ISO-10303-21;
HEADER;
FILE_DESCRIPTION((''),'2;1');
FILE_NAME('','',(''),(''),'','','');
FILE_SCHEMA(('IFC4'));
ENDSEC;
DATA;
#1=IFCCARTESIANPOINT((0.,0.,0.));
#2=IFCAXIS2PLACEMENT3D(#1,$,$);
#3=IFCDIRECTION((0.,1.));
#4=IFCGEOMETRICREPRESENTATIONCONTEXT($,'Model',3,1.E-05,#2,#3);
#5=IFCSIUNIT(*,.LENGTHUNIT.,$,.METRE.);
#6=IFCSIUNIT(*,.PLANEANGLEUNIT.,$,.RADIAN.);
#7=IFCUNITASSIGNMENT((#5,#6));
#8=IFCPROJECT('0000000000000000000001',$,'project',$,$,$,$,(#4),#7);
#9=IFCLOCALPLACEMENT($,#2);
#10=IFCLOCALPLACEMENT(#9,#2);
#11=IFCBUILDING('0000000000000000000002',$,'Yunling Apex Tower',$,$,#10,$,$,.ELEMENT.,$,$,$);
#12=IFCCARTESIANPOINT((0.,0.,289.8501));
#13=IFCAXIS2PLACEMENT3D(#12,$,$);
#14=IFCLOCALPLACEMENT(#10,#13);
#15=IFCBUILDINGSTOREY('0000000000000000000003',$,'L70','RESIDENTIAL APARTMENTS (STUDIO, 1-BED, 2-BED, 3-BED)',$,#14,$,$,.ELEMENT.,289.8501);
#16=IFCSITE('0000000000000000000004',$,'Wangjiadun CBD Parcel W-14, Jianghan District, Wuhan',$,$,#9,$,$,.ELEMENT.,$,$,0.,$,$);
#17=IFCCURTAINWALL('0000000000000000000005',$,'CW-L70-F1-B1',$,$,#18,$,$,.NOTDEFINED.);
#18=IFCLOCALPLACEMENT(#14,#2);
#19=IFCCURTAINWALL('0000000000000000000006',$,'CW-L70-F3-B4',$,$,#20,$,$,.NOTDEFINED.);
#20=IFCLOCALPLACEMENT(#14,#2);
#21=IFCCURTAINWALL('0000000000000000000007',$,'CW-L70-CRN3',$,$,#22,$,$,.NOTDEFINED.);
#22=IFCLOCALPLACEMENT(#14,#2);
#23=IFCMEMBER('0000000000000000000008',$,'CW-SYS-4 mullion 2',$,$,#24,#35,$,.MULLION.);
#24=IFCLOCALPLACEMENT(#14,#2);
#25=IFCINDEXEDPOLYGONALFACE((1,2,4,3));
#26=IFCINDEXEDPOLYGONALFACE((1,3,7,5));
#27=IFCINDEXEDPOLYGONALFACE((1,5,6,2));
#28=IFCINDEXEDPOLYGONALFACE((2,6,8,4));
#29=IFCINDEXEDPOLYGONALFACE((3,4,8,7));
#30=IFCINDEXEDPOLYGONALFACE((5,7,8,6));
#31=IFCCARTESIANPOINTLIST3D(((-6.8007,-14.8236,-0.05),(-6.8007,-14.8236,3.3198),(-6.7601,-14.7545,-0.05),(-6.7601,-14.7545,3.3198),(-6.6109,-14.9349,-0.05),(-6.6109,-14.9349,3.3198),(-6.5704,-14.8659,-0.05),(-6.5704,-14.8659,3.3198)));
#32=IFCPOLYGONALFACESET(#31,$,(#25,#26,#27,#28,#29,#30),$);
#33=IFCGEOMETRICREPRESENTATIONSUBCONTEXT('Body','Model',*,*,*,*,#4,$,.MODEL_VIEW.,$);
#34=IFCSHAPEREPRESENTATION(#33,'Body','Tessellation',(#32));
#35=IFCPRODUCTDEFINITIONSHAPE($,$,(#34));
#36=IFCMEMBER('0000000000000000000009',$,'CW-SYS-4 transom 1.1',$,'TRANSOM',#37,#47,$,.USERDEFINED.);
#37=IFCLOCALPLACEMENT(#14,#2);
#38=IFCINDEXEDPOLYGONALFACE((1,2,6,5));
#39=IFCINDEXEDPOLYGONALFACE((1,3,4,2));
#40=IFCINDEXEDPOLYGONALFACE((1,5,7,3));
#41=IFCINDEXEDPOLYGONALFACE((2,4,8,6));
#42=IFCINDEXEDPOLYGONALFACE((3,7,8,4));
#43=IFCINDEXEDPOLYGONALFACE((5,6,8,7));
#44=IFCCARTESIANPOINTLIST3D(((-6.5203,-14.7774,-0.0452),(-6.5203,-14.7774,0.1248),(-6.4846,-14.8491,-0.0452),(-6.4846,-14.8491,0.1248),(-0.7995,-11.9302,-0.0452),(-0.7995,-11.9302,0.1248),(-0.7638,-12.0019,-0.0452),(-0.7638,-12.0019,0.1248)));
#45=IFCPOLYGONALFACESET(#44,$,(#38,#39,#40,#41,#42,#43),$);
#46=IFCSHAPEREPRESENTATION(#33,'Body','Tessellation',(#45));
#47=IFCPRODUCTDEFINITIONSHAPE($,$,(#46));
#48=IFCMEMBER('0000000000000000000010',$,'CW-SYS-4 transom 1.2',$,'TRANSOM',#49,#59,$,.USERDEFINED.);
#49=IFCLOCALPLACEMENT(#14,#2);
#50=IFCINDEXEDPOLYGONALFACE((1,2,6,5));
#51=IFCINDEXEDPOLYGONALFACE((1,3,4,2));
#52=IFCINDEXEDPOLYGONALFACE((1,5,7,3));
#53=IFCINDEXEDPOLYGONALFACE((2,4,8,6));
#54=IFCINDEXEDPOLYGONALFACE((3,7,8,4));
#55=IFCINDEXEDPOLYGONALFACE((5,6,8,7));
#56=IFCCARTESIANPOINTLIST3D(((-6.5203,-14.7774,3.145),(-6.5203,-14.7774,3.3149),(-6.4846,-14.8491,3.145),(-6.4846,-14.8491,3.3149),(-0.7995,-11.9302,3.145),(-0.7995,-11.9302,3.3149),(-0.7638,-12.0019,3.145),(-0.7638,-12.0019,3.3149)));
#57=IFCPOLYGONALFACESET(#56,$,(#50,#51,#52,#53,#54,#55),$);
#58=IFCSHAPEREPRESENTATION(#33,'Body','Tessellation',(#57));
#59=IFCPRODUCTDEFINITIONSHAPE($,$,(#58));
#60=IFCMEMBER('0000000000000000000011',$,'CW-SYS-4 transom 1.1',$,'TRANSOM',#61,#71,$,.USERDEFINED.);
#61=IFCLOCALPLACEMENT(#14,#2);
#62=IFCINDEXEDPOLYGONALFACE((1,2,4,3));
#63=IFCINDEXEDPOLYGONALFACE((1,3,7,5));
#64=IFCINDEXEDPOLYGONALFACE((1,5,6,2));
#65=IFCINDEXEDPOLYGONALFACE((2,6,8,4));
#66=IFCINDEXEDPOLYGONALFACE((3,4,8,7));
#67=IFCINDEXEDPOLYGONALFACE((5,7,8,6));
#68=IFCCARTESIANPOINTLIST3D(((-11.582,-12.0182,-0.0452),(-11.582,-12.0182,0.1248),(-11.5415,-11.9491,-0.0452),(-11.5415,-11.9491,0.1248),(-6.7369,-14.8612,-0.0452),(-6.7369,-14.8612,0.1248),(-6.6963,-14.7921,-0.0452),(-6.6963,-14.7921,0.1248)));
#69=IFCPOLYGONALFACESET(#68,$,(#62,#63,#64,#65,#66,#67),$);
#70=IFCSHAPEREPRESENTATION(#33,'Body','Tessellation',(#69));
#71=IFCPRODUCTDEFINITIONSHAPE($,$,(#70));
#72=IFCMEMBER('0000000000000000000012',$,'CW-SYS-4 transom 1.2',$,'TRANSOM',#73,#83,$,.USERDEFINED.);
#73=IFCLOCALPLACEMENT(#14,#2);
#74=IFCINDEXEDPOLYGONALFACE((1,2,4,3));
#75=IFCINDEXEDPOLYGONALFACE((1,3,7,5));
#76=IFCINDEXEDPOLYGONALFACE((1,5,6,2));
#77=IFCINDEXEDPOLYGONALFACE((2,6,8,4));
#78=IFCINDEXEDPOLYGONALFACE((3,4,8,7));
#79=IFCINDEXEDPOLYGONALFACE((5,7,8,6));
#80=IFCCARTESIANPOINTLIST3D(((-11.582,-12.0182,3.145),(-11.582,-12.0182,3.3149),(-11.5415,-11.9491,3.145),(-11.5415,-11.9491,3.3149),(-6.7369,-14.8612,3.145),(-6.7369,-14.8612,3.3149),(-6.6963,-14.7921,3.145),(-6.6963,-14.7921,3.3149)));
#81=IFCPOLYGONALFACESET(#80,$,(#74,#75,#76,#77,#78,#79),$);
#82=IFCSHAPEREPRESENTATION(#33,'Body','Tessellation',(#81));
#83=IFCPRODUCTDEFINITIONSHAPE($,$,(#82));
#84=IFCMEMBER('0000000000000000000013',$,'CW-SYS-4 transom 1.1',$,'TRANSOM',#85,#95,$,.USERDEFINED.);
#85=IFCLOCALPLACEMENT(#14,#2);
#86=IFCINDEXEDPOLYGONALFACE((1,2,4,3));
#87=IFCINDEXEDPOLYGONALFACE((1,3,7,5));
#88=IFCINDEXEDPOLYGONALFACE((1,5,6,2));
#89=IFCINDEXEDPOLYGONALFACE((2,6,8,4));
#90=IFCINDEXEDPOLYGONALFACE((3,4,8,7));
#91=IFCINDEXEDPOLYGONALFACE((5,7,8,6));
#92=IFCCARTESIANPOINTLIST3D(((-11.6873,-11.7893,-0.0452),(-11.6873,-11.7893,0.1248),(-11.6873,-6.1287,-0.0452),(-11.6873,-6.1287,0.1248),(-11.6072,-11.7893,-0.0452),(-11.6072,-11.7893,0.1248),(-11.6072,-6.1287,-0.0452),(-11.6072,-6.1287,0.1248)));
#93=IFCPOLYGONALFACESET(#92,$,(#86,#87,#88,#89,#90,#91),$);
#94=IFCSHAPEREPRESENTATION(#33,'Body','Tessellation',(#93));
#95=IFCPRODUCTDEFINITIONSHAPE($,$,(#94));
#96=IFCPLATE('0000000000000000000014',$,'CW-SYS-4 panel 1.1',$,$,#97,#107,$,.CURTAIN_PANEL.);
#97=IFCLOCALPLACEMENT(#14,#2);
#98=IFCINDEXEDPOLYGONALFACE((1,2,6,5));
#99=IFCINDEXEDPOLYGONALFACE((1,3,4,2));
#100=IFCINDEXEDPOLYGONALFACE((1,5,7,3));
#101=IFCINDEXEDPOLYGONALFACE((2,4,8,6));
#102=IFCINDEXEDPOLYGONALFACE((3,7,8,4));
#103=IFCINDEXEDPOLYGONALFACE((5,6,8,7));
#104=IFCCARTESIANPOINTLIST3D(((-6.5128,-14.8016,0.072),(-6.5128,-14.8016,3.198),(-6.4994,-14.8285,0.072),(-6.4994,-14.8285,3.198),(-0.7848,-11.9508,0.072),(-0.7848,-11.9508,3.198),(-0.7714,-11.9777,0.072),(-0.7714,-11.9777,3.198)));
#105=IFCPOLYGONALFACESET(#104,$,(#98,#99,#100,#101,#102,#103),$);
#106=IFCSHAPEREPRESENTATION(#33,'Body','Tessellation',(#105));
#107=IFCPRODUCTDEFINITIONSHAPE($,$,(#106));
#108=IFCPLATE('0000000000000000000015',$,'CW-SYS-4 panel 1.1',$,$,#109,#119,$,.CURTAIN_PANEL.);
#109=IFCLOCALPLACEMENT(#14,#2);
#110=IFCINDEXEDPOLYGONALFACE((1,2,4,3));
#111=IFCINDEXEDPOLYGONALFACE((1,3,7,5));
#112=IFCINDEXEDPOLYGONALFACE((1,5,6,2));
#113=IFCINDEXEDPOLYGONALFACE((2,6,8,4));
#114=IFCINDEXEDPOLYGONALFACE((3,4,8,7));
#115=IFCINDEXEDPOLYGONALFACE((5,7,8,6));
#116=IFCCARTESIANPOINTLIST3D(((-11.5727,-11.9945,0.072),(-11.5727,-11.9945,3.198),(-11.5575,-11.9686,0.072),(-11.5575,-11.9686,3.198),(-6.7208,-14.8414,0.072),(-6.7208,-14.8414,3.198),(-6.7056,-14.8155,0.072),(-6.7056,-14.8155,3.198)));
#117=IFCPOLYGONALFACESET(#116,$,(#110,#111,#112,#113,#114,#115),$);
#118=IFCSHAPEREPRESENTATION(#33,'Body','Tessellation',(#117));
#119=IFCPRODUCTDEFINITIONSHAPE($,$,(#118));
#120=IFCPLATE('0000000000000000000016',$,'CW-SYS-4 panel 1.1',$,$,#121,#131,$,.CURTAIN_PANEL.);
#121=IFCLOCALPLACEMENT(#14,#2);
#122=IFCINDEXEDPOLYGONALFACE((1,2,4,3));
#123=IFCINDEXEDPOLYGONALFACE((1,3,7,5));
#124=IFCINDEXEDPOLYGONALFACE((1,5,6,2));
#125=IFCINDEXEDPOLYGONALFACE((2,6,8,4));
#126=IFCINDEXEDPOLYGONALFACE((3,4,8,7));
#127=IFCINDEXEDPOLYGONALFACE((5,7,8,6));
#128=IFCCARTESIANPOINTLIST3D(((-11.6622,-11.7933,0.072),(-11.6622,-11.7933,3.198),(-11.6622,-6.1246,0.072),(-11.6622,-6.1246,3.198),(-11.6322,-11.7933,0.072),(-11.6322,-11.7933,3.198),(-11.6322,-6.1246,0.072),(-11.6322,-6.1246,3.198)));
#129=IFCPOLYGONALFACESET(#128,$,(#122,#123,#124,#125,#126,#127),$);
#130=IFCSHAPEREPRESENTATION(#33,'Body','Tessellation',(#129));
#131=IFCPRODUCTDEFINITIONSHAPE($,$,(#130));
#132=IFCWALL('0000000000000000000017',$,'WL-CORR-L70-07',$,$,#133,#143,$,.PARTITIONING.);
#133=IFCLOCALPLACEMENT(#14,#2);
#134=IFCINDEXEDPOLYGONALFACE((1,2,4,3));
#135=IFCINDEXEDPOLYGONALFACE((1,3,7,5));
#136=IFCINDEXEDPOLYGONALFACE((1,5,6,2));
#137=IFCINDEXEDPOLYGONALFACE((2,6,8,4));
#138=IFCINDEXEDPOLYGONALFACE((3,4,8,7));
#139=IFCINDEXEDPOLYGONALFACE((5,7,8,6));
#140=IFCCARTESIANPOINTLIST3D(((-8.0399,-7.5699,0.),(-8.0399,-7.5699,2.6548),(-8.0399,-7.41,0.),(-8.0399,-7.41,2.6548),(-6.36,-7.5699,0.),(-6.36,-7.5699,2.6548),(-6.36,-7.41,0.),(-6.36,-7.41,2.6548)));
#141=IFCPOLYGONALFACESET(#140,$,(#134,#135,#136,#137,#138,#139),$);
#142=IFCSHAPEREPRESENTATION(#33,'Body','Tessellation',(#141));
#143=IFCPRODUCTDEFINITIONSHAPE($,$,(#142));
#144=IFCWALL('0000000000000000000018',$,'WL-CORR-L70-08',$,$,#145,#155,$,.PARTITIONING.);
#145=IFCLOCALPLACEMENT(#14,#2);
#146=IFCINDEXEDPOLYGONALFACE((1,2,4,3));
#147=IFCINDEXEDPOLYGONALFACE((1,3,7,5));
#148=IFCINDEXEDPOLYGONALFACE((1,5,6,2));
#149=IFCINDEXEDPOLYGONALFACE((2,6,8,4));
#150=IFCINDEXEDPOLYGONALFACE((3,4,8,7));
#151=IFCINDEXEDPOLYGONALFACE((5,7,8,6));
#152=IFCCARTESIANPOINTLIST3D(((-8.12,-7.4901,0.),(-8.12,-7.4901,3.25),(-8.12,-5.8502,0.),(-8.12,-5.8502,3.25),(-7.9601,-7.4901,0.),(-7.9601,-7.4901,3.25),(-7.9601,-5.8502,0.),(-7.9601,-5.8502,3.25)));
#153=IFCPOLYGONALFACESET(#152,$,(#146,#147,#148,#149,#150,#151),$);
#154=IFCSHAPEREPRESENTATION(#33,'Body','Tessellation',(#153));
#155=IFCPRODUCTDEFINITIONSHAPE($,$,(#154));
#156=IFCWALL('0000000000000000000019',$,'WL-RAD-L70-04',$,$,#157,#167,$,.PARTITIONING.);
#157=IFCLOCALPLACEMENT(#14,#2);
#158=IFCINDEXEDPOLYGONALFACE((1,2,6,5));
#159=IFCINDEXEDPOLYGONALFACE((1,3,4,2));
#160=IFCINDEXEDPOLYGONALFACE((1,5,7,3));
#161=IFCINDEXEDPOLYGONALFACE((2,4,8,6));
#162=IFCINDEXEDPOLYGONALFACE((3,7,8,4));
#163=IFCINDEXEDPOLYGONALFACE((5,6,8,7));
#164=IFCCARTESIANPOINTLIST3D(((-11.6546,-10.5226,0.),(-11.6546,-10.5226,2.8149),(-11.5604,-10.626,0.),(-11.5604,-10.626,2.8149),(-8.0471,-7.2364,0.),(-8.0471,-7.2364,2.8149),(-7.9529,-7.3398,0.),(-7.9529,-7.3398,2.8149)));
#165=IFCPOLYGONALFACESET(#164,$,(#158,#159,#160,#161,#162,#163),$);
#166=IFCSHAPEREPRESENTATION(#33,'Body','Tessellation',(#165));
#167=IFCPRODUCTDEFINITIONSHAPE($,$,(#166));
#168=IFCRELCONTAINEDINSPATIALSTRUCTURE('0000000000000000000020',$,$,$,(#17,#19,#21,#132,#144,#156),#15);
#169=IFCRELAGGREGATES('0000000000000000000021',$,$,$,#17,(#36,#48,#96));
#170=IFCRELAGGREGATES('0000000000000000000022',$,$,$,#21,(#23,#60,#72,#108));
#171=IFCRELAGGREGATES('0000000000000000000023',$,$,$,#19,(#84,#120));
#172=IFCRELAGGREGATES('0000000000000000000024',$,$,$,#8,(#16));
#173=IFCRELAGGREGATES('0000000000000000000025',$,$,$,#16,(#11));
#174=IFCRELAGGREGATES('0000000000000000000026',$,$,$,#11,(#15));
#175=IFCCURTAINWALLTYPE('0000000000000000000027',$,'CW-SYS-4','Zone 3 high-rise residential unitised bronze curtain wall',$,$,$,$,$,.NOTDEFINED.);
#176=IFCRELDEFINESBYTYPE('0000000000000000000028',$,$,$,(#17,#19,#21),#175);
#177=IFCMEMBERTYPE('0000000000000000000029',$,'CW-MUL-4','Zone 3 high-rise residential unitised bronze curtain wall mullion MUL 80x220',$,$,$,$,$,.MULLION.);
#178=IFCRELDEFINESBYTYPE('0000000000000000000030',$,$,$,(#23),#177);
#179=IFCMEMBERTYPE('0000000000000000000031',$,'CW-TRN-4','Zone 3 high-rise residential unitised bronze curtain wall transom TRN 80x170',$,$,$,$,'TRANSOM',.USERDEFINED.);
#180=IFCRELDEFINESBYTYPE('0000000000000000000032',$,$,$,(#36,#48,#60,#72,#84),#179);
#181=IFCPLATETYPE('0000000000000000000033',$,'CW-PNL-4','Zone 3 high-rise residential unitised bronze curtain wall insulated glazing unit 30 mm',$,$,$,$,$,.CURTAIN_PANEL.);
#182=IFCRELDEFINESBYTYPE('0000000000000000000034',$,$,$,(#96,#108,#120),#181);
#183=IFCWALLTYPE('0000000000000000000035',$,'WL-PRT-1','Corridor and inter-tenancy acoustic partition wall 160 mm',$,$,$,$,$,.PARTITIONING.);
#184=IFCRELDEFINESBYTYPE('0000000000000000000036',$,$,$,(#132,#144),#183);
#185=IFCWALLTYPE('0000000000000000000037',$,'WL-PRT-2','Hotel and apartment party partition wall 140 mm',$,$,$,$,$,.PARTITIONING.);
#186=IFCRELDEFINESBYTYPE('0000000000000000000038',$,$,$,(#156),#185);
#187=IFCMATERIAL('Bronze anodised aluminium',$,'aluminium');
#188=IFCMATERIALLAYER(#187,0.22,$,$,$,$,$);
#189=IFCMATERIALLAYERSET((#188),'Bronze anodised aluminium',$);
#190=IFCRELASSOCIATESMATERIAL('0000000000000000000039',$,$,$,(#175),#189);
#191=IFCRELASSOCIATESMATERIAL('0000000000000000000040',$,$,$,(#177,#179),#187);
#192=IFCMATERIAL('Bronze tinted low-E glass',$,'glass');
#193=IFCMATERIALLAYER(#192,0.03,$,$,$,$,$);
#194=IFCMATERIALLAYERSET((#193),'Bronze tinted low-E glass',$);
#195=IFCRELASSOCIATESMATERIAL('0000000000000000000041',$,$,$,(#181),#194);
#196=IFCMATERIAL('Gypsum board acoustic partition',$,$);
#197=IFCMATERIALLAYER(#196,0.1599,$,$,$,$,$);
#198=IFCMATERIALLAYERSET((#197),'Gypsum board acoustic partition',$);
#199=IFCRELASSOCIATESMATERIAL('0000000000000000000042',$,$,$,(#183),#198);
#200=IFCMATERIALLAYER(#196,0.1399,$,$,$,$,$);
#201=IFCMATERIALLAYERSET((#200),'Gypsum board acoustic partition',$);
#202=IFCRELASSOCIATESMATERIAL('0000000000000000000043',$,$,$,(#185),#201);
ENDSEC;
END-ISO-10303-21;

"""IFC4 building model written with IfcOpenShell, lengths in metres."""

from ifc_helpers import new_model, si_unit, direction, frame, frame_2d, origin, origin_2d, place, context, subcontext, project, spatial, rectangle, extrude, source, transform, mapped, material, layer, layer_set, material_profile, profile_set, type_object, element, aggregate, save


model = new_model("IFC4")

# Units and contexts
model_context = context("Model", 3, precision=1e-05, world=origin(), true_north=direction((0.0, 1.0)))
body_context = subcontext(model_context, "Body", "Model", "MODEL_VIEW")
ifc_project = project(units=[si_unit("LENGTHUNIT", "METRE"), si_unit("PLANEANGLEUNIT", "RADIAN")], contexts=[model_context])

# Site, building, storey
site_placement = place(None, origin())
site = spatial("IfcSite", under=ifc_project, at=site_placement, Name="Wangjiadun CBD Parcel W-14, Jianghan District, Wuhan", CompositionType="ELEMENT", RefElevation=0.0)
building_placement = place(site_placement, origin())
building = spatial("IfcBuilding", under=site, at=building_placement, Name="Yunling Apex Tower", CompositionType="ELEMENT")
storey_placement = place(building_placement, frame((0.0, 0.0, 289.8501)))
storey = spatial("IfcBuildingStorey", under=building, at=storey_placement, Name="L70", Description="RESIDENTIAL APARTMENTS (STUDIO, 1-BED, 2-BED, 3-BED)", CompositionType="ELEMENT", Elevation=289.8501)

# Curtain walls
ifc_material_1 = material(Name="Bronze anodised aluminium", Category="aluminium")
ifc_layer_1 = layer(ifc_material_1, 0.22)
ifc_layer_set_1 = layer_set([ifc_layer_1], Name="Bronze anodised aluminium")
curtain_wall_type = type_object("IfcCurtainWallType", Name="CW-SYS-4", Description="Zone 3 high-rise residential unitised bronze curtain wall", PredefinedType="NOTDEFINED", material=ifc_layer_set_1)
curtain_wall_1_placement = place(storey_placement, origin())
curtain_wall_1 = element("IfcCurtainWall", 1, at=curtain_wall_1_placement, inside=storey, type_object=curtain_wall_type, Name="CW-L70-F1-B1", PredefinedType="NOTDEFINED")
ifc_material_profile_1 = material_profile(ifc_material_1, rectangle(XDim=0.0801, YDim=0.22, at=origin_2d()))
ifc_profile_set_1 = profile_set([ifc_material_profile_1], Name="Bronze anodised aluminium")
member_type_1 = type_object("IfcMemberType", Name="CW-MUL-4", Description="Zone 3 high-rise residential unitised bronze curtain wall mullion MUL 80x220", PredefinedType="MULLION", material=ifc_profile_set_1)
shared_shape_1 = source(origin(), body_context, "Body", "SweptSolid", [
    extrude(rectangle(XDim=0.0801, YDim=0.22, at=origin_2d()), origin(), (0.0, 0.0, 1.0), 3.3699),
])
curtain_wall_2_placement = place(storey_placement, origin())
curtain_wall_2 = element("IfcCurtainWall", 2, at=curtain_wall_2_placement, inside=storey, type_object=curtain_wall_type, Name="CW-L70-F3-B4", PredefinedType="NOTDEFINED")

# Curtain wall, member
curtain_wall_3_placement = place(storey_placement, origin())
curtain_wall_3 = element("IfcCurtainWall", 3, at=curtain_wall_3_placement, inside=storey, type_object=curtain_wall_type, Name="CW-L70-CRN3", PredefinedType="NOTDEFINED")
member_1_placement = place(storey_placement, frame((-6.6855, -14.8447, -0.05), z_axis=(0.0, 0.0, 1.0), x_axis=(0.50607, 0.862492, 0.0)))
member_1 = element("IfcMember", 4, at=member_1_placement, type_object=member_type_1, Name="CW-SYS-4 mullion 2", PredefinedType="MULLION", context=body_context, shape_type="MappedRepresentation", body=[
    mapped(shared_shape_1, transform((0.0, 0.0, 0.0), scale=1.0)),
])

# Members
ifc_material_profile_2 = material_profile(ifc_material_1, rectangle(XDim=0.0801, YDim=0.1699, at=origin_2d()))
ifc_profile_set_2 = profile_set([ifc_material_profile_2], Name="Bronze anodised aluminium")
member_type_2 = type_object("IfcMemberType", Name="CW-TRN-4", Description="Zone 3 high-rise residential unitised bronze curtain wall transom TRN 80x170", ElementType="TRANSOM", PredefinedType="USERDEFINED", material=ifc_profile_set_2)
shared_shape_2 = source(origin(), body_context, "Body", "SweptSolid", [
    extrude(rectangle(XDim=0.0801, YDim=0.1699, at=origin_2d()), origin(), (0.0, 0.0, 1.0), 6.3901),
])
member_2_placement = place(storey_placement, frame((-6.5024, -14.8132, 0.0398), z_axis=(0.895251, 0.445562, 0.0), x_axis=(-0.445562, 0.895251, 0.0)))
member_2 = element("IfcMember", 5, at=member_2_placement, type_object=member_type_2, Name="CW-SYS-4 transom 1.1", ObjectType="TRANSOM", PredefinedType="USERDEFINED", context=body_context, shape_type="MappedRepresentation", body=[
    mapped(shared_shape_2, transform((0.0, 0.0, 0.0), scale=1.0)),
])
member_3_placement = place(storey_placement, frame((-6.5024, -14.8132, 3.23), z_axis=(0.895251, 0.445562, 0.0), x_axis=(-0.445562, 0.895251, 0.0)))
member_3 = element("IfcMember", 6, at=member_3_placement, type_object=member_type_2, Name="CW-SYS-4 transom 1.2", ObjectType="TRANSOM", PredefinedType="USERDEFINED", context=body_context, shape_type="MappedRepresentation", body=[
    mapped(shared_shape_2, transform((0.0, 0.0, 0.0), scale=1.0)),
])
shared_shape_3 = source(origin(), body_context, "Body", "SweptSolid", [
    extrude(rectangle(XDim=0.0801, YDim=0.1699, at=origin_2d()), origin(), (0.0, 0.0, 1.0), 5.6177),
])
member_4_placement = place(storey_placement, frame((-11.5618, -11.9836, 0.0398), z_axis=(0.862487, -0.50608, 0.0), x_axis=(0.50608, 0.862487, 0.0)))
member_4 = element("IfcMember", 7, at=member_4_placement, type_object=member_type_2, Name="CW-SYS-4 transom 1.1", ObjectType="TRANSOM", PredefinedType="USERDEFINED", context=body_context, shape_type="MappedRepresentation", body=[
    mapped(shared_shape_3, transform((0.0, 0.0, 0.0), scale=1.0)),
])
member_5_placement = place(storey_placement, frame((-11.5618, -11.9836, 3.23), z_axis=(0.862487, -0.50608, 0.0), x_axis=(0.50608, 0.862487, 0.0)))
member_5 = element("IfcMember", 8, at=member_5_placement, type_object=member_type_2, Name="CW-SYS-4 transom 1.2", ObjectType="TRANSOM", PredefinedType="USERDEFINED", context=body_context, shape_type="MappedRepresentation", body=[
    mapped(shared_shape_3, transform((0.0, 0.0, 0.0), scale=1.0)),
])
shared_shape_4 = source(origin(), body_context, "Body", "SweptSolid", [
    extrude(rectangle(XDim=0.0801, YDim=0.1699, at=origin_2d()), origin(), (0.0, 0.0, 1.0), 5.6606),
])
member_6_placement = place(storey_placement, frame((-11.6472, -6.1287, 0.0398), z_axis=(0.0, -1.0, 0.0), x_axis=(1.0, 0.0, 0.0)))
member_6 = element("IfcMember", 9, at=member_6_placement, type_object=member_type_2, Name="CW-SYS-4 transom 1.1", ObjectType="TRANSOM", PredefinedType="USERDEFINED", context=body_context, shape_type="MappedRepresentation", body=[
    mapped(shared_shape_4, transform((0.0, 0.0, 0.0), scale=1.0)),
])

# Plates
ifc_material_2 = material(Name="Bronze tinted low-E glass", Category="glass")
ifc_layer_2 = layer(ifc_material_2, 0.03)
ifc_layer_set_2 = layer_set([ifc_layer_2], Name="Bronze tinted low-E glass")
plate_type = type_object("IfcPlateType", Name="CW-PNL-4", Description="Zone 3 high-rise residential unitised bronze curtain wall insulated glazing unit 30 mm", PredefinedType="CURTAIN_PANEL", material=ifc_layer_set_2)
shared_shape_5 = source(origin(), body_context, "Body", "SweptSolid", [
    extrude(rectangle(XDim=6.3982, YDim=0.03, at=origin_2d()), origin(), (0.0, 0.0, 1.0), 3.126),
])
plate_1_placement = place(storey_placement, frame((-3.6421, -13.3896, 0.072), z_axis=(0.0, 0.0, 1.0), x_axis=(0.895248, 0.445568, 0.0)))
plate_1 = element("IfcPlate", 10, at=plate_1_placement, type_object=plate_type, Name="CW-SYS-4 panel 1.1", PredefinedType="CURTAIN_PANEL", context=body_context, shape_type="MappedRepresentation", body=[
    mapped(shared_shape_5, transform((0.0, 0.0, 0.0), scale=1.0)),
])
aggregate(curtain_wall_1, [member_2, member_3, plate_1])
shared_shape_6 = source(origin(), body_context, "Body", "SweptSolid", [
    extrude(rectangle(XDim=5.6255, YDim=0.03, at=origin_2d()), origin(), (0.0, 0.0, 1.0), 3.126),
])
plate_2_placement = place(storey_placement, frame((-9.1392, -13.405, 0.072), z_axis=(0.0, 0.0, 1.0), x_axis=(0.862492, -0.50607, 0.0)))
plate_2 = element("IfcPlate", 11, at=plate_2_placement, type_object=plate_type, Name="CW-SYS-4 panel 1.1", PredefinedType="CURTAIN_PANEL", context=body_context, shape_type="MappedRepresentation", body=[
    mapped(shared_shape_6, transform((0.0, 0.0, 0.0), scale=1.0)),
])
aggregate(curtain_wall_3, [member_1, member_4, member_5, plate_2])
shared_shape_7 = source(origin(), body_context, "Body", "SweptSolid", [
    extrude(rectangle(XDim=5.6687, YDim=0.03, at=origin_2d()), origin(), (0.0, 0.0, 1.0), 3.126),
])
plate_3_placement = place(storey_placement, frame((-11.6472, -8.959, 0.072), z_axis=(0.0, 0.0, 1.0), x_axis=(0.0, -1.0, 0.0)))
plate_3 = element("IfcPlate", 12, at=plate_3_placement, type_object=plate_type, Name="CW-SYS-4 panel 1.1", PredefinedType="CURTAIN_PANEL", context=body_context, shape_type="MappedRepresentation", body=[
    mapped(shared_shape_7, transform((0.0, 0.0, 0.0), scale=1.0)),
])
aggregate(curtain_wall_2, [member_6, plate_3])

# Walls
ifc_material_3 = material(Name="Gypsum board acoustic partition")
ifc_layer_3 = layer(ifc_material_3, 0.1599)
ifc_layer_set_3 = layer_set([ifc_layer_3], Name="Gypsum board acoustic partition")
wall_type_1 = type_object("IfcWallType", Name="WL-PRT-1", Description="Corridor and inter-tenancy acoustic partition wall 160 mm", PredefinedType="PARTITIONING", material=ifc_layer_set_3)
wall_1_placement = place(storey_placement, frame((-6.3601, -7.49, 0.0), z_axis=(0.0, 0.0, 1.0), x_axis=(-1.0, 0.0, 0.0)))
element("IfcWall", 13, at=wall_1_placement, inside=storey, type_object=wall_type_1, Name="WL-CORR-L70-07", PredefinedType="PARTITIONING", context=body_context, shape_type="SweptSolid", body=[
    extrude(rectangle(XDim=1.6799, YDim=0.1599, at=frame_2d((0.8398, 0.0))), origin(), (0.0, 0.0, 1.0), 2.6548),
])
wall_2_placement = place(storey_placement, frame((-8.04, -7.49, 0.0), z_axis=(0.0, 0.0, 1.0), x_axis=(0.0, 1.0, 0.0)))
element("IfcWall", 14, at=wall_2_placement, inside=storey, type_object=wall_type_1, Name="WL-CORR-L70-08", PredefinedType="PARTITIONING", context=body_context, shape_type="SweptSolid", body=[
    extrude(rectangle(XDim=1.6399, YDim=0.1599, at=frame_2d((0.8198, 0.0))), origin(), (0.0, 0.0, 1.0), 3.25),
])
ifc_layer_4 = layer(ifc_material_3, 0.1399)
ifc_layer_set_4 = layer_set([ifc_layer_4], Name="Gypsum board acoustic partition")
wall_type_2 = type_object("IfcWallType", Name="WL-PRT-2", Description="Hotel and apartment party partition wall 140 mm", PredefinedType="PARTITIONING", material=ifc_layer_set_4)
wall_3_placement = place(storey_placement, frame((-8.0, -7.2881, 0.0), z_axis=(0.0, 0.0, 1.0), x_axis=(-0.739261, -0.67342, 0.0)))
element("IfcWall", 15, at=wall_3_placement, inside=storey, type_object=wall_type_2, Name="WL-RAD-L70-04", PredefinedType="PARTITIONING", context=body_context, shape_type="SweptSolid", body=[
    extrude(rectangle(XDim=4.8799, YDim=0.1399, at=frame_2d((2.4399, 0.0))), origin(), (0.0, 0.0, 1.0), 2.8149),
])

save(model, "model.ifc")
